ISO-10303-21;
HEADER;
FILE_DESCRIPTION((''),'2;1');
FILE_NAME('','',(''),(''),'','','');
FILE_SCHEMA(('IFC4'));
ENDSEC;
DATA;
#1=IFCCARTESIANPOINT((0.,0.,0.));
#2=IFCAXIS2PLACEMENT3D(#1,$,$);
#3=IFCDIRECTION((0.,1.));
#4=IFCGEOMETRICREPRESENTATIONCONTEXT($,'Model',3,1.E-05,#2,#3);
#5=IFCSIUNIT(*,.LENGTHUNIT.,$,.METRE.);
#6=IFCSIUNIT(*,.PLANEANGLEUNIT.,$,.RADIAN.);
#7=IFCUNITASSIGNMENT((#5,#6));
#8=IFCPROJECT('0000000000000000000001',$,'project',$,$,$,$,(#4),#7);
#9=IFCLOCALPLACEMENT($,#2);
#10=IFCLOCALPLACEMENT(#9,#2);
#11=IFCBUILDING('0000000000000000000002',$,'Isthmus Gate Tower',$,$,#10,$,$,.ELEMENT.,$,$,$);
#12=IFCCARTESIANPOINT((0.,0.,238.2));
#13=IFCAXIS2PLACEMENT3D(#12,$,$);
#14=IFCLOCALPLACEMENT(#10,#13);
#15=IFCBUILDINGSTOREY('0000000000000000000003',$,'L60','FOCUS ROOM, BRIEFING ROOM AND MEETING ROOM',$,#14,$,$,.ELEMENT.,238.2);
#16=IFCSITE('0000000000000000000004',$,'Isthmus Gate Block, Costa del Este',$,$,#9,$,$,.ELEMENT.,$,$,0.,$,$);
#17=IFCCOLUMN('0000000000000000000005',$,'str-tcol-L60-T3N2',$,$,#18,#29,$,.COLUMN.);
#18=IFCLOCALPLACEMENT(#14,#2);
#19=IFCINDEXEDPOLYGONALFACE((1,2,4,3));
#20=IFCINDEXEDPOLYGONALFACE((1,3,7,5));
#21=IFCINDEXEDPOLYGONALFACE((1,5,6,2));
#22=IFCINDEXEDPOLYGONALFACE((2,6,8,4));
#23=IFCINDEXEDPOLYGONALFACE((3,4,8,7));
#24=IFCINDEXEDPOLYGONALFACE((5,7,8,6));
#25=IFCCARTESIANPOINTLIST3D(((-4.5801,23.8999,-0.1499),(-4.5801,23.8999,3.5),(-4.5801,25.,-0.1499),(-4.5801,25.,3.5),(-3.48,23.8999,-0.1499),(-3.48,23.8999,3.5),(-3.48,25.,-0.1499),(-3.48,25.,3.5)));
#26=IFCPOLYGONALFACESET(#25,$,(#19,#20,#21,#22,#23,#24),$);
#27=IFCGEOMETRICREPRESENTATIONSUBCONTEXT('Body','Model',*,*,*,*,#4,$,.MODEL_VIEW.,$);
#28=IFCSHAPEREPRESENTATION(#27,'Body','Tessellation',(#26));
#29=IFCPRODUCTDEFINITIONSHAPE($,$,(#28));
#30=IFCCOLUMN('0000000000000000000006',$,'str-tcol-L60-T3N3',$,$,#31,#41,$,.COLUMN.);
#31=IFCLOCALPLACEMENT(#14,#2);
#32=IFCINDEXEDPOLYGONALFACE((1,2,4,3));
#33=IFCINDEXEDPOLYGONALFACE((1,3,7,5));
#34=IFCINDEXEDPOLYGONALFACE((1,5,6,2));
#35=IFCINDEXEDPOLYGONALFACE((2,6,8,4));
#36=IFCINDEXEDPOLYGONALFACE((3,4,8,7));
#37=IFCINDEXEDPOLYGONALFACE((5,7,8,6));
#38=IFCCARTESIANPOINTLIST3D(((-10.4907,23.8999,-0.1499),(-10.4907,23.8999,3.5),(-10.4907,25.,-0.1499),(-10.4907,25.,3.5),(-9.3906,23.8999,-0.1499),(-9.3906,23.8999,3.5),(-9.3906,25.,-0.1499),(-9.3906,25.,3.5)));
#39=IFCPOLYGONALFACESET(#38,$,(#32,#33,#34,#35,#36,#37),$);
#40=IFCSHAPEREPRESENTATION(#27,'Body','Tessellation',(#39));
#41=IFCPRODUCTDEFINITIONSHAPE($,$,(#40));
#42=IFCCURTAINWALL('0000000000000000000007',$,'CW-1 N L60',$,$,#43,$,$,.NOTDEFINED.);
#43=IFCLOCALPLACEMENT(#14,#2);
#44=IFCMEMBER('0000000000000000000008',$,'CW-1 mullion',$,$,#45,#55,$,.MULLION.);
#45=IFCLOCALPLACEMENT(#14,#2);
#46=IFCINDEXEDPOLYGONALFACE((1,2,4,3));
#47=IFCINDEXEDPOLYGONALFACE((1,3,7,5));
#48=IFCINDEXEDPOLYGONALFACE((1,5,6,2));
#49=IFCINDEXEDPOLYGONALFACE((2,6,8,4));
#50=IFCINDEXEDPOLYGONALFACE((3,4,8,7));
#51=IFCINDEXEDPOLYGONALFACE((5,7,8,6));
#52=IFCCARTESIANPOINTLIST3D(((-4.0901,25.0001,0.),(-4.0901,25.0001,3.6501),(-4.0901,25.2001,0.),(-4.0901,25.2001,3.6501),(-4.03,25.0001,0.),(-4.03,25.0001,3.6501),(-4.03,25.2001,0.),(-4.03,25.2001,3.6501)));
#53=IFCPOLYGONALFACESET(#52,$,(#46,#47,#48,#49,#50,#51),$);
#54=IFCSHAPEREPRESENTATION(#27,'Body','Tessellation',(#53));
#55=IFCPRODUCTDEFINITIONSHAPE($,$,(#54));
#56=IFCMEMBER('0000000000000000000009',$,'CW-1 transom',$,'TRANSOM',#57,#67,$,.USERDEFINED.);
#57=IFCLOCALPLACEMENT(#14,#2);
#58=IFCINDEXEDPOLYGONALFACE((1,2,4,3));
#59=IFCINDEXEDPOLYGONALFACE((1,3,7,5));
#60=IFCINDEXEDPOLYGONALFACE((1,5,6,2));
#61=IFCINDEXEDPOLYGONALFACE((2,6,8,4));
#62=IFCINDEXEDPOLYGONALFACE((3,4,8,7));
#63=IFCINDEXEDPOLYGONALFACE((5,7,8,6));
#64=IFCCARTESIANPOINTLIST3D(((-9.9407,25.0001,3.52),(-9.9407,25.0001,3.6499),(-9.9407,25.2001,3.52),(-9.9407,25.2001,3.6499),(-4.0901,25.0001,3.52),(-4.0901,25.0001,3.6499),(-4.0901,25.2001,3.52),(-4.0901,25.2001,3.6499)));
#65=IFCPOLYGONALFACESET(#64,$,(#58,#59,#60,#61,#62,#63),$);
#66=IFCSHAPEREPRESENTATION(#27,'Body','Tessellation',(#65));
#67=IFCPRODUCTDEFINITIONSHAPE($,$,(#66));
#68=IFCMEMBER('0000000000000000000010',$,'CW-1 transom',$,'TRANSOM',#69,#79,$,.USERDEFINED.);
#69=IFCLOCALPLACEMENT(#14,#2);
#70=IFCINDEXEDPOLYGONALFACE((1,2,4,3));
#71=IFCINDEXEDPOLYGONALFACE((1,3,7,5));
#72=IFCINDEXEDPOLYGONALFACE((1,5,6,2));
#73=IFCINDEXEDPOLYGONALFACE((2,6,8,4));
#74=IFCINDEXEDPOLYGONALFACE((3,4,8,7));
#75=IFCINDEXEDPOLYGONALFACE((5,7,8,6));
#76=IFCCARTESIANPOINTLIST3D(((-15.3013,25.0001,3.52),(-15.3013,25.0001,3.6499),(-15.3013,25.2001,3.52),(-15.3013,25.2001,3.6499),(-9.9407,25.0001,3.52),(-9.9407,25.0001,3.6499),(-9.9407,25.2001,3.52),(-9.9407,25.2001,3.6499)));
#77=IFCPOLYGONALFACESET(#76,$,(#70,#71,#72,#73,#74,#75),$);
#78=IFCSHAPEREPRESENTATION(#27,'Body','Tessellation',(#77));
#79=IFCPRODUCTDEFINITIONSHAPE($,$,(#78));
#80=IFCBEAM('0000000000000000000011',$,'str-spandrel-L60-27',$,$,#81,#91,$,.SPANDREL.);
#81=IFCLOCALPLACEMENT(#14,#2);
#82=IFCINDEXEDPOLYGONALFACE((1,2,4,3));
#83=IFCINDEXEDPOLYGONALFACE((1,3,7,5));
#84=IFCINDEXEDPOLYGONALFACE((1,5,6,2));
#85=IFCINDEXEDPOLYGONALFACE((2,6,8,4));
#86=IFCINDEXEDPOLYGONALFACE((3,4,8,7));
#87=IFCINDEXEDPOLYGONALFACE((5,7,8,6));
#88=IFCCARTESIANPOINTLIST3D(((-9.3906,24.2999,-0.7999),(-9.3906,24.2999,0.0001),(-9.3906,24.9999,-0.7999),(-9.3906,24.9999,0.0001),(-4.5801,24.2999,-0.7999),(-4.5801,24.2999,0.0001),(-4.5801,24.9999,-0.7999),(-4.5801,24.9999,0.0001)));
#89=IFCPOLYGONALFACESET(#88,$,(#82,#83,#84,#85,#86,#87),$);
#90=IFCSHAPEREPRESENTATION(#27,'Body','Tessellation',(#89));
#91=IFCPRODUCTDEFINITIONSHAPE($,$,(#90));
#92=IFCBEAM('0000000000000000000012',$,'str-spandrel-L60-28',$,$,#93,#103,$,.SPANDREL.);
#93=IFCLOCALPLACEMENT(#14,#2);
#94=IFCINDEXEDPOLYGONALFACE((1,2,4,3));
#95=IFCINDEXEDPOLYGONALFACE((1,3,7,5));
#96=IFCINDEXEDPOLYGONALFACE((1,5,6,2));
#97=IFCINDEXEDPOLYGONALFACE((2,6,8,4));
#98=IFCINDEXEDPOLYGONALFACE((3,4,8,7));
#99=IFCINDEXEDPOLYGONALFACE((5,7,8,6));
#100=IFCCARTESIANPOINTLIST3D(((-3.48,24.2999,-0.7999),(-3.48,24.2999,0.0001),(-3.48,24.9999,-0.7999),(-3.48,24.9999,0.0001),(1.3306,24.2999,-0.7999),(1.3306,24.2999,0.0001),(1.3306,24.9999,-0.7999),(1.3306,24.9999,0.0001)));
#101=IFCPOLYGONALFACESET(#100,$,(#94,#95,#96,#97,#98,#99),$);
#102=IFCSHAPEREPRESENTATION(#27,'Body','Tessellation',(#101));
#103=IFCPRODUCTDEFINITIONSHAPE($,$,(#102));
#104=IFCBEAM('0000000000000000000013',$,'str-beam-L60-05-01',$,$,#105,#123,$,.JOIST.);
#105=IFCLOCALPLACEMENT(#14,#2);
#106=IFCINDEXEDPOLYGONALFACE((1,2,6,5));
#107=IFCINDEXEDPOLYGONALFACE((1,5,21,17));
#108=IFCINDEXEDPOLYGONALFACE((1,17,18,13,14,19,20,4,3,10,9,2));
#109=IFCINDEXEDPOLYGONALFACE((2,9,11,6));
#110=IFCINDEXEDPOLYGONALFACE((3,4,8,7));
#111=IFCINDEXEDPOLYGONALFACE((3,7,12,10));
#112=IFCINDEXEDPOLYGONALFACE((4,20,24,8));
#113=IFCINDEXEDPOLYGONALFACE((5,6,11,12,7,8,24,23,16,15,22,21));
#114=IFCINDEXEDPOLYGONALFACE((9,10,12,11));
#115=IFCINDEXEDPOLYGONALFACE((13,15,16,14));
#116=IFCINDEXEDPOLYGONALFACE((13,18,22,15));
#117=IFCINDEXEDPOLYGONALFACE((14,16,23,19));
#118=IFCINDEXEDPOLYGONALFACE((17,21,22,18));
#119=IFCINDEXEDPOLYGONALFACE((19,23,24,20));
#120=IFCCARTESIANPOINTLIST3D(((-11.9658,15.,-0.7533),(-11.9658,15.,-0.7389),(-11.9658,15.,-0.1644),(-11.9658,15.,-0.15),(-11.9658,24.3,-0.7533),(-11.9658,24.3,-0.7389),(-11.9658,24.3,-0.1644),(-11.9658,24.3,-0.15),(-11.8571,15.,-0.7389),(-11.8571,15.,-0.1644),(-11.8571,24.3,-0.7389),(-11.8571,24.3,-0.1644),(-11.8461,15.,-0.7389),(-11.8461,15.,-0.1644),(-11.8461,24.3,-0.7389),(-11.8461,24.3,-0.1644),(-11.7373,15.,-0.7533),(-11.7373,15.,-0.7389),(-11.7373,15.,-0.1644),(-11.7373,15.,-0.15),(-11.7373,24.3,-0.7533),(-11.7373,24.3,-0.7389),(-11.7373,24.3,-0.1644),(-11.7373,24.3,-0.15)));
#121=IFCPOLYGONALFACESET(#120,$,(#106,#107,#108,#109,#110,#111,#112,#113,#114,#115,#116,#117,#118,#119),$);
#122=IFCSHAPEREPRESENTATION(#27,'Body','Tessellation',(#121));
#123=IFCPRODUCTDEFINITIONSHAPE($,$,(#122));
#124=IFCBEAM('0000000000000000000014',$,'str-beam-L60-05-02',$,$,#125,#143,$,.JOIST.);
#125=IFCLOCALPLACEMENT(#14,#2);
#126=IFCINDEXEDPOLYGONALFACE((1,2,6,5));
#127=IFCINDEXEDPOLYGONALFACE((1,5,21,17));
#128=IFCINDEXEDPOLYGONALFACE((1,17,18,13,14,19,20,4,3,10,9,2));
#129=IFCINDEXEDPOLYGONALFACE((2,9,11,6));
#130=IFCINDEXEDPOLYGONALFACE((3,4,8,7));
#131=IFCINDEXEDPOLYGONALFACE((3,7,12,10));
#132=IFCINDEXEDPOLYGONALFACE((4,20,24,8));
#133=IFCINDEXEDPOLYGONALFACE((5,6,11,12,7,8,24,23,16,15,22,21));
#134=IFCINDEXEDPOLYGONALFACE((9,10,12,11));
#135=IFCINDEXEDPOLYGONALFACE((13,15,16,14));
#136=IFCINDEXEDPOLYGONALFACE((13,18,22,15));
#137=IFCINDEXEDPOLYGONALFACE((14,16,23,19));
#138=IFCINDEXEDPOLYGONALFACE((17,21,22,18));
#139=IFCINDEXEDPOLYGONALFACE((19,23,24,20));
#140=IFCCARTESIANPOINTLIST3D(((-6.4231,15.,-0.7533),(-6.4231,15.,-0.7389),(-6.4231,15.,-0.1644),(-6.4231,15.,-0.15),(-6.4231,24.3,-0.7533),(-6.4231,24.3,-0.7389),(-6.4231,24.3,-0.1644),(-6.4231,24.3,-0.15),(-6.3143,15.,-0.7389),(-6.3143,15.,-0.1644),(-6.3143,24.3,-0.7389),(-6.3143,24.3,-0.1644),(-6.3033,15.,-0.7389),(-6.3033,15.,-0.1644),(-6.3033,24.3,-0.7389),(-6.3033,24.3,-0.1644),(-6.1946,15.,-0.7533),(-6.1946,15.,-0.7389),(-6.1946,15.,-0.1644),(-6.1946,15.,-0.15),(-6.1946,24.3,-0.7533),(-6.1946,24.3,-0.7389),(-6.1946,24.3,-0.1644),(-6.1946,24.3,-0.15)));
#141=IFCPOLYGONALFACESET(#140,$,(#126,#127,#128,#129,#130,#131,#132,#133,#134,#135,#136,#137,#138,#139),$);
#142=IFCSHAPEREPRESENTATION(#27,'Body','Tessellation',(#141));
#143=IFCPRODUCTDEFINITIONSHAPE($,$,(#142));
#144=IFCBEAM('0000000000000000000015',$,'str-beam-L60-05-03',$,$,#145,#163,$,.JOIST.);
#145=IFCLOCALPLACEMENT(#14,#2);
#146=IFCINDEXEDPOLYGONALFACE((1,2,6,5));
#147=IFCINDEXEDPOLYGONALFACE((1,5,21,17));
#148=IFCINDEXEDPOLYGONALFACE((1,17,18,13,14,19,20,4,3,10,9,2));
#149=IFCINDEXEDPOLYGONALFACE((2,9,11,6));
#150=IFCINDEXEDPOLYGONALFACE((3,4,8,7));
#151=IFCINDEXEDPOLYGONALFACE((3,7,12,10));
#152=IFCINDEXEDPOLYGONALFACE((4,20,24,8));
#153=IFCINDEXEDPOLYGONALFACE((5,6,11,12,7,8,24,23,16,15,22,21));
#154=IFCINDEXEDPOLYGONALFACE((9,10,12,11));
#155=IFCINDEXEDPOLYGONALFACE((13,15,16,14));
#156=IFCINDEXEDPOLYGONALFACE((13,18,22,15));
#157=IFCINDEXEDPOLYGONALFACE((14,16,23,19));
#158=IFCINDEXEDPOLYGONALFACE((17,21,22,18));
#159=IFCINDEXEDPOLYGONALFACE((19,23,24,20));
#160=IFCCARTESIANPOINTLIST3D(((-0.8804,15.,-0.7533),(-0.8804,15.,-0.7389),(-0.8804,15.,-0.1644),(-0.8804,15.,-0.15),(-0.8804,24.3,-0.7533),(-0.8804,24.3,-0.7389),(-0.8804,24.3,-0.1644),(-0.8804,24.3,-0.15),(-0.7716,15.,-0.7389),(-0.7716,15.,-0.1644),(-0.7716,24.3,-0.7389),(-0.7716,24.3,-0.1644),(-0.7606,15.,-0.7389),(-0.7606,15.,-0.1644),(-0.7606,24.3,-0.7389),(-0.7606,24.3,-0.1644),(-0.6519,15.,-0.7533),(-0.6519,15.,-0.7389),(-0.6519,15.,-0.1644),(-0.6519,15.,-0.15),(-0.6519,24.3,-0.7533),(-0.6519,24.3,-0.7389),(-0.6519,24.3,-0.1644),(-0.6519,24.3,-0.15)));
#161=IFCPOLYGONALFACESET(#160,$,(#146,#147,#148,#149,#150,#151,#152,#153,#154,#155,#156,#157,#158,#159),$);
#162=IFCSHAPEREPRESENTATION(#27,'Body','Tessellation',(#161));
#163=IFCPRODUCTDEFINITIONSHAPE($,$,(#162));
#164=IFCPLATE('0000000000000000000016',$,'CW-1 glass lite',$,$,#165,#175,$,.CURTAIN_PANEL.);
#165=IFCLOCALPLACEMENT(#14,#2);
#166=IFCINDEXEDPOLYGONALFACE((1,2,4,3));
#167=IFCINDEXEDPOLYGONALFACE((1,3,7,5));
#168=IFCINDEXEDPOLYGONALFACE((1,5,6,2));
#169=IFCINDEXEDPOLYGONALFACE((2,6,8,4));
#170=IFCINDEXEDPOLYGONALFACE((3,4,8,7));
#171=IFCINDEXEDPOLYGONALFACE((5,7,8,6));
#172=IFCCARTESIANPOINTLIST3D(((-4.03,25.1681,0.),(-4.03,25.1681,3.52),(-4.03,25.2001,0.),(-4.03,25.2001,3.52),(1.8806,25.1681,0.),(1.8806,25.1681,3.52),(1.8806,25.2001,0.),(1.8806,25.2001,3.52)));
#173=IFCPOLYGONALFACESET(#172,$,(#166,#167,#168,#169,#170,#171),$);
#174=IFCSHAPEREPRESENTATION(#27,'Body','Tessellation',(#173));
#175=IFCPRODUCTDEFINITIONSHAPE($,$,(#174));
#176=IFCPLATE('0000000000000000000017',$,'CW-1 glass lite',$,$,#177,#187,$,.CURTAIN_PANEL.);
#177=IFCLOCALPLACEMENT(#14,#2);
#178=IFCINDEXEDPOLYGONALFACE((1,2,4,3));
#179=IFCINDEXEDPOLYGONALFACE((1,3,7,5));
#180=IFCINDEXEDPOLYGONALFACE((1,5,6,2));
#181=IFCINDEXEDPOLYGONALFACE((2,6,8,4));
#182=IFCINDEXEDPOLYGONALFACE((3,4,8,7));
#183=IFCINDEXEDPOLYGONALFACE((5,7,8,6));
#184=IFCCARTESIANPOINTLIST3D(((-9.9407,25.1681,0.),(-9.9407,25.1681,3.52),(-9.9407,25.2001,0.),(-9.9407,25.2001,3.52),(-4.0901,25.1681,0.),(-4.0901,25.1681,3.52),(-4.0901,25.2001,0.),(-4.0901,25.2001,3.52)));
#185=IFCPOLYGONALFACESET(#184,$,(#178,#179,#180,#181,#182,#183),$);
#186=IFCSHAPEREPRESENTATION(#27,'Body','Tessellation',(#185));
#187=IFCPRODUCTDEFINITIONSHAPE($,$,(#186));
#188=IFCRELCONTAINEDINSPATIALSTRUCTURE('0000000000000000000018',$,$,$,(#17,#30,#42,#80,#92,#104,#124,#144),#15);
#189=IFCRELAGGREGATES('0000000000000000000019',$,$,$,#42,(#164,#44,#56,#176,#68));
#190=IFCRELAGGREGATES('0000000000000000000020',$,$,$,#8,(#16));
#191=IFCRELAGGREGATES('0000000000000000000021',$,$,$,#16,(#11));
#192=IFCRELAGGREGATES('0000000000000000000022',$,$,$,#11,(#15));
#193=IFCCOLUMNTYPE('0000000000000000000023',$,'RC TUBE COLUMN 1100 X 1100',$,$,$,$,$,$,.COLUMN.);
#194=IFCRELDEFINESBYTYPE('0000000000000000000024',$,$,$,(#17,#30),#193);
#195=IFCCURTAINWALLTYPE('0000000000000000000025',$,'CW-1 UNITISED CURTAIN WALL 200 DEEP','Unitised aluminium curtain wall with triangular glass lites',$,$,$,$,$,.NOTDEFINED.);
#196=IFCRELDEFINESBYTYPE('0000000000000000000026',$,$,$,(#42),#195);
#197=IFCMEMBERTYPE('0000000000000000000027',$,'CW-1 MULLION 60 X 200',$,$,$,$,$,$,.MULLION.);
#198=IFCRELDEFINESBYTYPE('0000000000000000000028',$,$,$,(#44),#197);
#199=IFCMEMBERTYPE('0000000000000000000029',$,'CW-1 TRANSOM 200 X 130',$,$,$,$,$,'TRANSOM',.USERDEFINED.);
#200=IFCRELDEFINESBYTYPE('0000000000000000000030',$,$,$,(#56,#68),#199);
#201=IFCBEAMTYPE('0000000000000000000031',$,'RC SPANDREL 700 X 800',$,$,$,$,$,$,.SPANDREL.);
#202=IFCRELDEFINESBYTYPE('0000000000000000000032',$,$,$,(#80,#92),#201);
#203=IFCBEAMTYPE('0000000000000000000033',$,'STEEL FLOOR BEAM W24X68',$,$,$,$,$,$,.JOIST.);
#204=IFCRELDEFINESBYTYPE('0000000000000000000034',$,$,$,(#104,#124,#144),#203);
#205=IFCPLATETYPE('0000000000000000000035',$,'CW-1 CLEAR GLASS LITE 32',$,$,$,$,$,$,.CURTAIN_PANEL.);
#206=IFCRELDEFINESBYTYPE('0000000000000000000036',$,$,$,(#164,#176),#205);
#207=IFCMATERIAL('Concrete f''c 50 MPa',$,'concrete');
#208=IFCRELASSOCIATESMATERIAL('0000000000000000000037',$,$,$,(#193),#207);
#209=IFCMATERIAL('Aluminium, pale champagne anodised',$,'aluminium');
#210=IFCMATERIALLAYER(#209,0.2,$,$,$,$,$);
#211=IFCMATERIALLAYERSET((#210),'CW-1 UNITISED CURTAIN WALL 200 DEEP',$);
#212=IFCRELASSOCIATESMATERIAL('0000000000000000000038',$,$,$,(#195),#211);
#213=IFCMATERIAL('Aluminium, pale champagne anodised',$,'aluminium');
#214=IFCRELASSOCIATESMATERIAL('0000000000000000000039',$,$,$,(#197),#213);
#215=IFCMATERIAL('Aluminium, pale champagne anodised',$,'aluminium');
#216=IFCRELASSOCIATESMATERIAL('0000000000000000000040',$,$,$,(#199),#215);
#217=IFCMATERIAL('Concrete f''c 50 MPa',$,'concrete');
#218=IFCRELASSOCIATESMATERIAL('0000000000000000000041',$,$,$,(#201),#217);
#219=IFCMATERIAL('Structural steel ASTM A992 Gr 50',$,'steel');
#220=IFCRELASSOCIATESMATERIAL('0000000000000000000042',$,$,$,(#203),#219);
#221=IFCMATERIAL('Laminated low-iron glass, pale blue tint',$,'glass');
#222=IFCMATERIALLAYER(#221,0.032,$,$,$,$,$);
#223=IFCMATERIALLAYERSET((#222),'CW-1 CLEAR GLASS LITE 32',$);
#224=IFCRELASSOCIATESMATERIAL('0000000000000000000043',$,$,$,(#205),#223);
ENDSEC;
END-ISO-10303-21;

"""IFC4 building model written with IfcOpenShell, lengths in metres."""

from ifc_helpers import new_model, si_unit, direction, frame, origin, origin_2d, place, context, subcontext, project, spatial, rectangle, i_section, extrude, material, layer, layer_set, material_profile, profile_set, type_object, element, aggregate, save


model = new_model("IFC4")

# Units and contexts
model_context = context("Model", 3, precision=1e-05, world=origin(), true_north=direction((0.0, 1.0)))
body_context = subcontext(model_context, "Body", "Model", "MODEL_VIEW")
ifc_project = project(units=[si_unit("LENGTHUNIT", "METRE"), si_unit("PLANEANGLEUNIT", "RADIAN")], contexts=[model_context])

# Site, building, storey
site_placement = place(None, origin())
site = spatial("IfcSite", under=ifc_project, at=site_placement, Name="Isthmus Gate Block, Costa del Este", CompositionType="ELEMENT", RefElevation=0.0)
building_placement = place(site_placement, origin())
building = spatial("IfcBuilding", under=site, at=building_placement, Name="Isthmus Gate Tower", CompositionType="ELEMENT")
storey_placement = place(building_placement, frame((0.0, 0.0, 238.2)))
storey = spatial("IfcBuildingStorey", under=building, at=storey_placement, Name="L60", Description="FOCUS ROOM, BRIEFING ROOM AND MEETING ROOM", CompositionType="ELEMENT", Elevation=238.2)

# Columns
ifc_material_1 = material(Name="Concrete f'c 50 MPa", Category="concrete")
ifc_material_profile_1 = material_profile(ifc_material_1, rectangle(XDim=1.1001, YDim=1.1001, at=origin_2d()), Name="RC 1100X1100")
ifc_profile_set_1 = profile_set([ifc_material_profile_1], Name="Concrete f'c 50 MPa")
column_type = type_object("IfcColumnType", Name="RC TUBE COLUMN 1100 X 1100", PredefinedType="COLUMN", material=ifc_profile_set_1)
for number, where, z_axis, x_axis, name in (
    (1, (-4.03, 24.45, -0.1499), (0.0, 0.0, 1.0), (-1.0, 0.0, 0.0), "str-tcol-L60-T3N2"),
    (2, (-9.9407, 24.45, -0.1499), (0.0, 0.0, 1.0), (-1.0, 0.0, 0.0), "str-tcol-L60-T3N3"),
):
    element("IfcColumn", number, at=place(storey_placement, frame(where, z_axis=z_axis, x_axis=x_axis)), inside=storey, type_object=column_type, Name=name, PredefinedType="COLUMN", context=body_context, shape_type="SweptSolid", body=[
        extrude(rectangle(XDim=1.1001, YDim=1.1001, at=origin_2d()), origin(), (0.0, 0.0, 1.0), 3.6499),
    ])

# Curtain wall, members
ifc_material_2 = material(Name="Aluminium, pale champagne anodised", Category="aluminium")
ifc_layer_1 = layer(ifc_material_2, 0.2)
ifc_layer_set_1 = layer_set([ifc_layer_1], Name="CW-1 UNITISED CURTAIN WALL 200 DEEP")
curtain_wall_type = type_object("IfcCurtainWallType", Name="CW-1 UNITISED CURTAIN WALL 200 DEEP", Description="Unitised aluminium curtain wall with triangular glass lites", PredefinedType="NOTDEFINED", material=ifc_layer_set_1)
curtain_wall_placement = place(storey_placement, origin())
curtain_wall = element("IfcCurtainWall", 3, at=curtain_wall_placement, inside=storey, type_object=curtain_wall_type, Name="CW-1 N L60", PredefinedType="NOTDEFINED")
ifc_material_3 = material(Name="Aluminium, pale champagne anodised", Category="aluminium")
ifc_material_profile_2 = material_profile(ifc_material_3, rectangle(XDim=0.0601, YDim=0.2, at=origin_2d()), Name="60x200")
ifc_profile_set_2 = profile_set([ifc_material_profile_2], Name="Aluminium, pale champagne anodised")
member_type_1 = type_object("IfcMemberType", Name="CW-1 MULLION 60 X 200", PredefinedType="MULLION", material=ifc_profile_set_2)
member_1_placement = place(storey_placement, frame((-4.0601, 25.1001, 0.0), z_axis=(0.0, 0.0, 1.0), x_axis=(-1.0, 0.0, 0.0)))
member_1 = element("IfcMember", 4, at=member_1_placement, type_object=member_type_1, Name="CW-1 mullion", PredefinedType="MULLION", context=body_context, shape_type="SweptSolid", body=[
    extrude(rectangle(XDim=0.0601, YDim=0.2, at=origin_2d()), origin(), (0.0, 0.0, 1.0), 3.6501),
])
ifc_material_4 = material(Name="Aluminium, pale champagne anodised", Category="aluminium")
ifc_material_profile_3 = material_profile(ifc_material_4, rectangle(XDim=0.2, YDim=0.1299, at=origin_2d()), Name="200x130")
ifc_profile_set_3 = profile_set([ifc_material_profile_3], Name="Aluminium, pale champagne anodised")
member_type_2 = type_object("IfcMemberType", Name="CW-1 TRANSOM 200 X 130", ElementType="TRANSOM", PredefinedType="USERDEFINED", material=ifc_profile_set_3)
member_2_placement = place(storey_placement, frame((-4.0901, 25.1001, 3.585), z_axis=(-1.0, 0.0, 0.0), x_axis=(0.0, -1.0, 0.0)))
member_2 = element("IfcMember", 5, at=member_2_placement, type_object=member_type_2, Name="CW-1 transom", ObjectType="TRANSOM", PredefinedType="USERDEFINED", context=body_context, shape_type="SweptSolid", body=[
    extrude(rectangle(XDim=0.2, YDim=0.1299, at=origin_2d()), origin(), (0.0, 0.0, 1.0), 5.8506),
])
member_3_placement = place(storey_placement, frame((-9.9407, 25.1001, 3.585), z_axis=(-1.0, 0.0, 0.0), x_axis=(0.0, -1.0, 0.0)))
member_3 = element("IfcMember", 6, at=member_3_placement, type_object=member_type_2, Name="CW-1 transom", ObjectType="TRANSOM", PredefinedType="USERDEFINED", context=body_context, shape_type="SweptSolid", body=[
    extrude(rectangle(XDim=0.2, YDim=0.1299, at=origin_2d()), origin(), (0.0, 0.0, 1.0), 5.3606),
])

# Beams
ifc_material_5 = material(Name="Concrete f'c 50 MPa", Category="concrete")
ifc_material_profile_4 = material_profile(ifc_material_5, rectangle(XDim=0.7, YDim=0.8, at=origin_2d()), Name="RC 700X800")
ifc_profile_set_4 = profile_set([ifc_material_profile_4], Name="Concrete f'c 50 MPa")
beam_type_1 = type_object("IfcBeamType", Name="RC SPANDREL 700 X 800", PredefinedType="SPANDREL", material=ifc_profile_set_4)
for number, where, z_axis, x_axis, name in (
    (7, (-9.3906, 24.6499, -0.3999), (1.0, 0.0, 0.0), (0.0, 1.0, 0.0), "str-spandrel-L60-27"),
    (8, (-3.48, 24.6499, -0.3999), (1.0, 0.0, 0.0), (0.0, 1.0, 0.0), "str-spandrel-L60-28"),
):
    element("IfcBeam", number, at=place(storey_placement, frame(where, z_axis=z_axis, x_axis=x_axis)), inside=storey, type_object=beam_type_1, Name=name, PredefinedType="SPANDREL", context=body_context, shape_type="SweptSolid", body=[
        extrude(rectangle(XDim=0.7, YDim=0.8, at=origin_2d()), origin(), (0.0, 0.0, 1.0), 4.8105),
    ])
ifc_material_6 = material(Name="Structural steel ASTM A992 Gr 50", Category="steel")
ifc_material_profile_5 = material_profile(ifc_material_6, i_section(OverallWidth=0.2285, OverallDepth=0.6033, WebThickness=0.011, FlangeThickness=0.0144, at=origin_2d()), Name="W24X68")
ifc_profile_set_5 = profile_set([ifc_material_profile_5], Name="Structural steel ASTM A992 Gr 50")
beam_type_2 = type_object("IfcBeamType", Name="STEEL FLOOR BEAM W24X68", PredefinedType="JOIST", material=ifc_profile_set_5)
for number, where, z_axis, x_axis, name in (
    (9, (-11.8516, 15.0, -0.4517), (0.0, 1.0, 0.0), (-1.0, 0.0, 0.0), "str-beam-L60-05-01"),
    (10, (-6.3088, 15.0, -0.4517), (0.0, 1.0, 0.0), (-1.0, 0.0, 0.0), "str-beam-L60-05-02"),
    (11, (-0.7661, 15.0, -0.4517), (0.0, 1.0, 0.0), (-1.0, 0.0, 0.0), "str-beam-L60-05-03"),
):
    element("IfcBeam", number, at=place(storey_placement, frame(where, z_axis=z_axis, x_axis=x_axis)), inside=storey, type_object=beam_type_2, Name=name, PredefinedType="JOIST", context=body_context, shape_type="SweptSolid", body=[
        extrude(i_section(OverallWidth=0.2285, OverallDepth=0.6033, WebThickness=0.011, FlangeThickness=0.0144, at=origin_2d()), origin(), (0.0, 0.0, 1.0), 9.3),
    ])

# Plates
ifc_material_7 = material(Name="Laminated low-iron glass, pale blue tint", Category="glass")
ifc_layer_2 = layer(ifc_material_7, 0.032)
ifc_layer_set_2 = layer_set([ifc_layer_2], Name="CW-1 CLEAR GLASS LITE 32")
plate_type = type_object("IfcPlateType", Name="CW-1 CLEAR GLASS LITE 32", PredefinedType="CURTAIN_PANEL", material=ifc_layer_set_2)
plate_1_placement = place(storey_placement, frame((-1.0747, 25.1841, 0.0), z_axis=(0.0, 0.0, 1.0), x_axis=(-1.0, 0.0, 0.0)))
plate_1 = element("IfcPlate", 12, at=plate_1_placement, type_object=plate_type, Name="CW-1 glass lite", PredefinedType="CURTAIN_PANEL", context=body_context, shape_type="SweptSolid", body=[
    extrude(rectangle(XDim=5.9106, YDim=0.032, at=origin_2d()), origin(), (0.0, 0.0, 1.0), 3.52),
])
plate_2_placement = place(storey_placement, frame((-7.0154, 25.1841, 0.0), z_axis=(0.0, 0.0, 1.0), x_axis=(-1.0, 0.0, 0.0)))
plate_2 = element("IfcPlate", 13, at=plate_2_placement, type_object=plate_type, Name="CW-1 glass lite", PredefinedType="CURTAIN_PANEL", context=body_context, shape_type="SweptSolid", body=[
    extrude(rectangle(XDim=5.8506, YDim=0.032, at=origin_2d()), origin(), (0.0, 0.0, 1.0), 3.52),
])
aggregate(curtain_wall, [plate_1, member_1, member_2, plate_2, member_3])

save(model, "model.ifc")
